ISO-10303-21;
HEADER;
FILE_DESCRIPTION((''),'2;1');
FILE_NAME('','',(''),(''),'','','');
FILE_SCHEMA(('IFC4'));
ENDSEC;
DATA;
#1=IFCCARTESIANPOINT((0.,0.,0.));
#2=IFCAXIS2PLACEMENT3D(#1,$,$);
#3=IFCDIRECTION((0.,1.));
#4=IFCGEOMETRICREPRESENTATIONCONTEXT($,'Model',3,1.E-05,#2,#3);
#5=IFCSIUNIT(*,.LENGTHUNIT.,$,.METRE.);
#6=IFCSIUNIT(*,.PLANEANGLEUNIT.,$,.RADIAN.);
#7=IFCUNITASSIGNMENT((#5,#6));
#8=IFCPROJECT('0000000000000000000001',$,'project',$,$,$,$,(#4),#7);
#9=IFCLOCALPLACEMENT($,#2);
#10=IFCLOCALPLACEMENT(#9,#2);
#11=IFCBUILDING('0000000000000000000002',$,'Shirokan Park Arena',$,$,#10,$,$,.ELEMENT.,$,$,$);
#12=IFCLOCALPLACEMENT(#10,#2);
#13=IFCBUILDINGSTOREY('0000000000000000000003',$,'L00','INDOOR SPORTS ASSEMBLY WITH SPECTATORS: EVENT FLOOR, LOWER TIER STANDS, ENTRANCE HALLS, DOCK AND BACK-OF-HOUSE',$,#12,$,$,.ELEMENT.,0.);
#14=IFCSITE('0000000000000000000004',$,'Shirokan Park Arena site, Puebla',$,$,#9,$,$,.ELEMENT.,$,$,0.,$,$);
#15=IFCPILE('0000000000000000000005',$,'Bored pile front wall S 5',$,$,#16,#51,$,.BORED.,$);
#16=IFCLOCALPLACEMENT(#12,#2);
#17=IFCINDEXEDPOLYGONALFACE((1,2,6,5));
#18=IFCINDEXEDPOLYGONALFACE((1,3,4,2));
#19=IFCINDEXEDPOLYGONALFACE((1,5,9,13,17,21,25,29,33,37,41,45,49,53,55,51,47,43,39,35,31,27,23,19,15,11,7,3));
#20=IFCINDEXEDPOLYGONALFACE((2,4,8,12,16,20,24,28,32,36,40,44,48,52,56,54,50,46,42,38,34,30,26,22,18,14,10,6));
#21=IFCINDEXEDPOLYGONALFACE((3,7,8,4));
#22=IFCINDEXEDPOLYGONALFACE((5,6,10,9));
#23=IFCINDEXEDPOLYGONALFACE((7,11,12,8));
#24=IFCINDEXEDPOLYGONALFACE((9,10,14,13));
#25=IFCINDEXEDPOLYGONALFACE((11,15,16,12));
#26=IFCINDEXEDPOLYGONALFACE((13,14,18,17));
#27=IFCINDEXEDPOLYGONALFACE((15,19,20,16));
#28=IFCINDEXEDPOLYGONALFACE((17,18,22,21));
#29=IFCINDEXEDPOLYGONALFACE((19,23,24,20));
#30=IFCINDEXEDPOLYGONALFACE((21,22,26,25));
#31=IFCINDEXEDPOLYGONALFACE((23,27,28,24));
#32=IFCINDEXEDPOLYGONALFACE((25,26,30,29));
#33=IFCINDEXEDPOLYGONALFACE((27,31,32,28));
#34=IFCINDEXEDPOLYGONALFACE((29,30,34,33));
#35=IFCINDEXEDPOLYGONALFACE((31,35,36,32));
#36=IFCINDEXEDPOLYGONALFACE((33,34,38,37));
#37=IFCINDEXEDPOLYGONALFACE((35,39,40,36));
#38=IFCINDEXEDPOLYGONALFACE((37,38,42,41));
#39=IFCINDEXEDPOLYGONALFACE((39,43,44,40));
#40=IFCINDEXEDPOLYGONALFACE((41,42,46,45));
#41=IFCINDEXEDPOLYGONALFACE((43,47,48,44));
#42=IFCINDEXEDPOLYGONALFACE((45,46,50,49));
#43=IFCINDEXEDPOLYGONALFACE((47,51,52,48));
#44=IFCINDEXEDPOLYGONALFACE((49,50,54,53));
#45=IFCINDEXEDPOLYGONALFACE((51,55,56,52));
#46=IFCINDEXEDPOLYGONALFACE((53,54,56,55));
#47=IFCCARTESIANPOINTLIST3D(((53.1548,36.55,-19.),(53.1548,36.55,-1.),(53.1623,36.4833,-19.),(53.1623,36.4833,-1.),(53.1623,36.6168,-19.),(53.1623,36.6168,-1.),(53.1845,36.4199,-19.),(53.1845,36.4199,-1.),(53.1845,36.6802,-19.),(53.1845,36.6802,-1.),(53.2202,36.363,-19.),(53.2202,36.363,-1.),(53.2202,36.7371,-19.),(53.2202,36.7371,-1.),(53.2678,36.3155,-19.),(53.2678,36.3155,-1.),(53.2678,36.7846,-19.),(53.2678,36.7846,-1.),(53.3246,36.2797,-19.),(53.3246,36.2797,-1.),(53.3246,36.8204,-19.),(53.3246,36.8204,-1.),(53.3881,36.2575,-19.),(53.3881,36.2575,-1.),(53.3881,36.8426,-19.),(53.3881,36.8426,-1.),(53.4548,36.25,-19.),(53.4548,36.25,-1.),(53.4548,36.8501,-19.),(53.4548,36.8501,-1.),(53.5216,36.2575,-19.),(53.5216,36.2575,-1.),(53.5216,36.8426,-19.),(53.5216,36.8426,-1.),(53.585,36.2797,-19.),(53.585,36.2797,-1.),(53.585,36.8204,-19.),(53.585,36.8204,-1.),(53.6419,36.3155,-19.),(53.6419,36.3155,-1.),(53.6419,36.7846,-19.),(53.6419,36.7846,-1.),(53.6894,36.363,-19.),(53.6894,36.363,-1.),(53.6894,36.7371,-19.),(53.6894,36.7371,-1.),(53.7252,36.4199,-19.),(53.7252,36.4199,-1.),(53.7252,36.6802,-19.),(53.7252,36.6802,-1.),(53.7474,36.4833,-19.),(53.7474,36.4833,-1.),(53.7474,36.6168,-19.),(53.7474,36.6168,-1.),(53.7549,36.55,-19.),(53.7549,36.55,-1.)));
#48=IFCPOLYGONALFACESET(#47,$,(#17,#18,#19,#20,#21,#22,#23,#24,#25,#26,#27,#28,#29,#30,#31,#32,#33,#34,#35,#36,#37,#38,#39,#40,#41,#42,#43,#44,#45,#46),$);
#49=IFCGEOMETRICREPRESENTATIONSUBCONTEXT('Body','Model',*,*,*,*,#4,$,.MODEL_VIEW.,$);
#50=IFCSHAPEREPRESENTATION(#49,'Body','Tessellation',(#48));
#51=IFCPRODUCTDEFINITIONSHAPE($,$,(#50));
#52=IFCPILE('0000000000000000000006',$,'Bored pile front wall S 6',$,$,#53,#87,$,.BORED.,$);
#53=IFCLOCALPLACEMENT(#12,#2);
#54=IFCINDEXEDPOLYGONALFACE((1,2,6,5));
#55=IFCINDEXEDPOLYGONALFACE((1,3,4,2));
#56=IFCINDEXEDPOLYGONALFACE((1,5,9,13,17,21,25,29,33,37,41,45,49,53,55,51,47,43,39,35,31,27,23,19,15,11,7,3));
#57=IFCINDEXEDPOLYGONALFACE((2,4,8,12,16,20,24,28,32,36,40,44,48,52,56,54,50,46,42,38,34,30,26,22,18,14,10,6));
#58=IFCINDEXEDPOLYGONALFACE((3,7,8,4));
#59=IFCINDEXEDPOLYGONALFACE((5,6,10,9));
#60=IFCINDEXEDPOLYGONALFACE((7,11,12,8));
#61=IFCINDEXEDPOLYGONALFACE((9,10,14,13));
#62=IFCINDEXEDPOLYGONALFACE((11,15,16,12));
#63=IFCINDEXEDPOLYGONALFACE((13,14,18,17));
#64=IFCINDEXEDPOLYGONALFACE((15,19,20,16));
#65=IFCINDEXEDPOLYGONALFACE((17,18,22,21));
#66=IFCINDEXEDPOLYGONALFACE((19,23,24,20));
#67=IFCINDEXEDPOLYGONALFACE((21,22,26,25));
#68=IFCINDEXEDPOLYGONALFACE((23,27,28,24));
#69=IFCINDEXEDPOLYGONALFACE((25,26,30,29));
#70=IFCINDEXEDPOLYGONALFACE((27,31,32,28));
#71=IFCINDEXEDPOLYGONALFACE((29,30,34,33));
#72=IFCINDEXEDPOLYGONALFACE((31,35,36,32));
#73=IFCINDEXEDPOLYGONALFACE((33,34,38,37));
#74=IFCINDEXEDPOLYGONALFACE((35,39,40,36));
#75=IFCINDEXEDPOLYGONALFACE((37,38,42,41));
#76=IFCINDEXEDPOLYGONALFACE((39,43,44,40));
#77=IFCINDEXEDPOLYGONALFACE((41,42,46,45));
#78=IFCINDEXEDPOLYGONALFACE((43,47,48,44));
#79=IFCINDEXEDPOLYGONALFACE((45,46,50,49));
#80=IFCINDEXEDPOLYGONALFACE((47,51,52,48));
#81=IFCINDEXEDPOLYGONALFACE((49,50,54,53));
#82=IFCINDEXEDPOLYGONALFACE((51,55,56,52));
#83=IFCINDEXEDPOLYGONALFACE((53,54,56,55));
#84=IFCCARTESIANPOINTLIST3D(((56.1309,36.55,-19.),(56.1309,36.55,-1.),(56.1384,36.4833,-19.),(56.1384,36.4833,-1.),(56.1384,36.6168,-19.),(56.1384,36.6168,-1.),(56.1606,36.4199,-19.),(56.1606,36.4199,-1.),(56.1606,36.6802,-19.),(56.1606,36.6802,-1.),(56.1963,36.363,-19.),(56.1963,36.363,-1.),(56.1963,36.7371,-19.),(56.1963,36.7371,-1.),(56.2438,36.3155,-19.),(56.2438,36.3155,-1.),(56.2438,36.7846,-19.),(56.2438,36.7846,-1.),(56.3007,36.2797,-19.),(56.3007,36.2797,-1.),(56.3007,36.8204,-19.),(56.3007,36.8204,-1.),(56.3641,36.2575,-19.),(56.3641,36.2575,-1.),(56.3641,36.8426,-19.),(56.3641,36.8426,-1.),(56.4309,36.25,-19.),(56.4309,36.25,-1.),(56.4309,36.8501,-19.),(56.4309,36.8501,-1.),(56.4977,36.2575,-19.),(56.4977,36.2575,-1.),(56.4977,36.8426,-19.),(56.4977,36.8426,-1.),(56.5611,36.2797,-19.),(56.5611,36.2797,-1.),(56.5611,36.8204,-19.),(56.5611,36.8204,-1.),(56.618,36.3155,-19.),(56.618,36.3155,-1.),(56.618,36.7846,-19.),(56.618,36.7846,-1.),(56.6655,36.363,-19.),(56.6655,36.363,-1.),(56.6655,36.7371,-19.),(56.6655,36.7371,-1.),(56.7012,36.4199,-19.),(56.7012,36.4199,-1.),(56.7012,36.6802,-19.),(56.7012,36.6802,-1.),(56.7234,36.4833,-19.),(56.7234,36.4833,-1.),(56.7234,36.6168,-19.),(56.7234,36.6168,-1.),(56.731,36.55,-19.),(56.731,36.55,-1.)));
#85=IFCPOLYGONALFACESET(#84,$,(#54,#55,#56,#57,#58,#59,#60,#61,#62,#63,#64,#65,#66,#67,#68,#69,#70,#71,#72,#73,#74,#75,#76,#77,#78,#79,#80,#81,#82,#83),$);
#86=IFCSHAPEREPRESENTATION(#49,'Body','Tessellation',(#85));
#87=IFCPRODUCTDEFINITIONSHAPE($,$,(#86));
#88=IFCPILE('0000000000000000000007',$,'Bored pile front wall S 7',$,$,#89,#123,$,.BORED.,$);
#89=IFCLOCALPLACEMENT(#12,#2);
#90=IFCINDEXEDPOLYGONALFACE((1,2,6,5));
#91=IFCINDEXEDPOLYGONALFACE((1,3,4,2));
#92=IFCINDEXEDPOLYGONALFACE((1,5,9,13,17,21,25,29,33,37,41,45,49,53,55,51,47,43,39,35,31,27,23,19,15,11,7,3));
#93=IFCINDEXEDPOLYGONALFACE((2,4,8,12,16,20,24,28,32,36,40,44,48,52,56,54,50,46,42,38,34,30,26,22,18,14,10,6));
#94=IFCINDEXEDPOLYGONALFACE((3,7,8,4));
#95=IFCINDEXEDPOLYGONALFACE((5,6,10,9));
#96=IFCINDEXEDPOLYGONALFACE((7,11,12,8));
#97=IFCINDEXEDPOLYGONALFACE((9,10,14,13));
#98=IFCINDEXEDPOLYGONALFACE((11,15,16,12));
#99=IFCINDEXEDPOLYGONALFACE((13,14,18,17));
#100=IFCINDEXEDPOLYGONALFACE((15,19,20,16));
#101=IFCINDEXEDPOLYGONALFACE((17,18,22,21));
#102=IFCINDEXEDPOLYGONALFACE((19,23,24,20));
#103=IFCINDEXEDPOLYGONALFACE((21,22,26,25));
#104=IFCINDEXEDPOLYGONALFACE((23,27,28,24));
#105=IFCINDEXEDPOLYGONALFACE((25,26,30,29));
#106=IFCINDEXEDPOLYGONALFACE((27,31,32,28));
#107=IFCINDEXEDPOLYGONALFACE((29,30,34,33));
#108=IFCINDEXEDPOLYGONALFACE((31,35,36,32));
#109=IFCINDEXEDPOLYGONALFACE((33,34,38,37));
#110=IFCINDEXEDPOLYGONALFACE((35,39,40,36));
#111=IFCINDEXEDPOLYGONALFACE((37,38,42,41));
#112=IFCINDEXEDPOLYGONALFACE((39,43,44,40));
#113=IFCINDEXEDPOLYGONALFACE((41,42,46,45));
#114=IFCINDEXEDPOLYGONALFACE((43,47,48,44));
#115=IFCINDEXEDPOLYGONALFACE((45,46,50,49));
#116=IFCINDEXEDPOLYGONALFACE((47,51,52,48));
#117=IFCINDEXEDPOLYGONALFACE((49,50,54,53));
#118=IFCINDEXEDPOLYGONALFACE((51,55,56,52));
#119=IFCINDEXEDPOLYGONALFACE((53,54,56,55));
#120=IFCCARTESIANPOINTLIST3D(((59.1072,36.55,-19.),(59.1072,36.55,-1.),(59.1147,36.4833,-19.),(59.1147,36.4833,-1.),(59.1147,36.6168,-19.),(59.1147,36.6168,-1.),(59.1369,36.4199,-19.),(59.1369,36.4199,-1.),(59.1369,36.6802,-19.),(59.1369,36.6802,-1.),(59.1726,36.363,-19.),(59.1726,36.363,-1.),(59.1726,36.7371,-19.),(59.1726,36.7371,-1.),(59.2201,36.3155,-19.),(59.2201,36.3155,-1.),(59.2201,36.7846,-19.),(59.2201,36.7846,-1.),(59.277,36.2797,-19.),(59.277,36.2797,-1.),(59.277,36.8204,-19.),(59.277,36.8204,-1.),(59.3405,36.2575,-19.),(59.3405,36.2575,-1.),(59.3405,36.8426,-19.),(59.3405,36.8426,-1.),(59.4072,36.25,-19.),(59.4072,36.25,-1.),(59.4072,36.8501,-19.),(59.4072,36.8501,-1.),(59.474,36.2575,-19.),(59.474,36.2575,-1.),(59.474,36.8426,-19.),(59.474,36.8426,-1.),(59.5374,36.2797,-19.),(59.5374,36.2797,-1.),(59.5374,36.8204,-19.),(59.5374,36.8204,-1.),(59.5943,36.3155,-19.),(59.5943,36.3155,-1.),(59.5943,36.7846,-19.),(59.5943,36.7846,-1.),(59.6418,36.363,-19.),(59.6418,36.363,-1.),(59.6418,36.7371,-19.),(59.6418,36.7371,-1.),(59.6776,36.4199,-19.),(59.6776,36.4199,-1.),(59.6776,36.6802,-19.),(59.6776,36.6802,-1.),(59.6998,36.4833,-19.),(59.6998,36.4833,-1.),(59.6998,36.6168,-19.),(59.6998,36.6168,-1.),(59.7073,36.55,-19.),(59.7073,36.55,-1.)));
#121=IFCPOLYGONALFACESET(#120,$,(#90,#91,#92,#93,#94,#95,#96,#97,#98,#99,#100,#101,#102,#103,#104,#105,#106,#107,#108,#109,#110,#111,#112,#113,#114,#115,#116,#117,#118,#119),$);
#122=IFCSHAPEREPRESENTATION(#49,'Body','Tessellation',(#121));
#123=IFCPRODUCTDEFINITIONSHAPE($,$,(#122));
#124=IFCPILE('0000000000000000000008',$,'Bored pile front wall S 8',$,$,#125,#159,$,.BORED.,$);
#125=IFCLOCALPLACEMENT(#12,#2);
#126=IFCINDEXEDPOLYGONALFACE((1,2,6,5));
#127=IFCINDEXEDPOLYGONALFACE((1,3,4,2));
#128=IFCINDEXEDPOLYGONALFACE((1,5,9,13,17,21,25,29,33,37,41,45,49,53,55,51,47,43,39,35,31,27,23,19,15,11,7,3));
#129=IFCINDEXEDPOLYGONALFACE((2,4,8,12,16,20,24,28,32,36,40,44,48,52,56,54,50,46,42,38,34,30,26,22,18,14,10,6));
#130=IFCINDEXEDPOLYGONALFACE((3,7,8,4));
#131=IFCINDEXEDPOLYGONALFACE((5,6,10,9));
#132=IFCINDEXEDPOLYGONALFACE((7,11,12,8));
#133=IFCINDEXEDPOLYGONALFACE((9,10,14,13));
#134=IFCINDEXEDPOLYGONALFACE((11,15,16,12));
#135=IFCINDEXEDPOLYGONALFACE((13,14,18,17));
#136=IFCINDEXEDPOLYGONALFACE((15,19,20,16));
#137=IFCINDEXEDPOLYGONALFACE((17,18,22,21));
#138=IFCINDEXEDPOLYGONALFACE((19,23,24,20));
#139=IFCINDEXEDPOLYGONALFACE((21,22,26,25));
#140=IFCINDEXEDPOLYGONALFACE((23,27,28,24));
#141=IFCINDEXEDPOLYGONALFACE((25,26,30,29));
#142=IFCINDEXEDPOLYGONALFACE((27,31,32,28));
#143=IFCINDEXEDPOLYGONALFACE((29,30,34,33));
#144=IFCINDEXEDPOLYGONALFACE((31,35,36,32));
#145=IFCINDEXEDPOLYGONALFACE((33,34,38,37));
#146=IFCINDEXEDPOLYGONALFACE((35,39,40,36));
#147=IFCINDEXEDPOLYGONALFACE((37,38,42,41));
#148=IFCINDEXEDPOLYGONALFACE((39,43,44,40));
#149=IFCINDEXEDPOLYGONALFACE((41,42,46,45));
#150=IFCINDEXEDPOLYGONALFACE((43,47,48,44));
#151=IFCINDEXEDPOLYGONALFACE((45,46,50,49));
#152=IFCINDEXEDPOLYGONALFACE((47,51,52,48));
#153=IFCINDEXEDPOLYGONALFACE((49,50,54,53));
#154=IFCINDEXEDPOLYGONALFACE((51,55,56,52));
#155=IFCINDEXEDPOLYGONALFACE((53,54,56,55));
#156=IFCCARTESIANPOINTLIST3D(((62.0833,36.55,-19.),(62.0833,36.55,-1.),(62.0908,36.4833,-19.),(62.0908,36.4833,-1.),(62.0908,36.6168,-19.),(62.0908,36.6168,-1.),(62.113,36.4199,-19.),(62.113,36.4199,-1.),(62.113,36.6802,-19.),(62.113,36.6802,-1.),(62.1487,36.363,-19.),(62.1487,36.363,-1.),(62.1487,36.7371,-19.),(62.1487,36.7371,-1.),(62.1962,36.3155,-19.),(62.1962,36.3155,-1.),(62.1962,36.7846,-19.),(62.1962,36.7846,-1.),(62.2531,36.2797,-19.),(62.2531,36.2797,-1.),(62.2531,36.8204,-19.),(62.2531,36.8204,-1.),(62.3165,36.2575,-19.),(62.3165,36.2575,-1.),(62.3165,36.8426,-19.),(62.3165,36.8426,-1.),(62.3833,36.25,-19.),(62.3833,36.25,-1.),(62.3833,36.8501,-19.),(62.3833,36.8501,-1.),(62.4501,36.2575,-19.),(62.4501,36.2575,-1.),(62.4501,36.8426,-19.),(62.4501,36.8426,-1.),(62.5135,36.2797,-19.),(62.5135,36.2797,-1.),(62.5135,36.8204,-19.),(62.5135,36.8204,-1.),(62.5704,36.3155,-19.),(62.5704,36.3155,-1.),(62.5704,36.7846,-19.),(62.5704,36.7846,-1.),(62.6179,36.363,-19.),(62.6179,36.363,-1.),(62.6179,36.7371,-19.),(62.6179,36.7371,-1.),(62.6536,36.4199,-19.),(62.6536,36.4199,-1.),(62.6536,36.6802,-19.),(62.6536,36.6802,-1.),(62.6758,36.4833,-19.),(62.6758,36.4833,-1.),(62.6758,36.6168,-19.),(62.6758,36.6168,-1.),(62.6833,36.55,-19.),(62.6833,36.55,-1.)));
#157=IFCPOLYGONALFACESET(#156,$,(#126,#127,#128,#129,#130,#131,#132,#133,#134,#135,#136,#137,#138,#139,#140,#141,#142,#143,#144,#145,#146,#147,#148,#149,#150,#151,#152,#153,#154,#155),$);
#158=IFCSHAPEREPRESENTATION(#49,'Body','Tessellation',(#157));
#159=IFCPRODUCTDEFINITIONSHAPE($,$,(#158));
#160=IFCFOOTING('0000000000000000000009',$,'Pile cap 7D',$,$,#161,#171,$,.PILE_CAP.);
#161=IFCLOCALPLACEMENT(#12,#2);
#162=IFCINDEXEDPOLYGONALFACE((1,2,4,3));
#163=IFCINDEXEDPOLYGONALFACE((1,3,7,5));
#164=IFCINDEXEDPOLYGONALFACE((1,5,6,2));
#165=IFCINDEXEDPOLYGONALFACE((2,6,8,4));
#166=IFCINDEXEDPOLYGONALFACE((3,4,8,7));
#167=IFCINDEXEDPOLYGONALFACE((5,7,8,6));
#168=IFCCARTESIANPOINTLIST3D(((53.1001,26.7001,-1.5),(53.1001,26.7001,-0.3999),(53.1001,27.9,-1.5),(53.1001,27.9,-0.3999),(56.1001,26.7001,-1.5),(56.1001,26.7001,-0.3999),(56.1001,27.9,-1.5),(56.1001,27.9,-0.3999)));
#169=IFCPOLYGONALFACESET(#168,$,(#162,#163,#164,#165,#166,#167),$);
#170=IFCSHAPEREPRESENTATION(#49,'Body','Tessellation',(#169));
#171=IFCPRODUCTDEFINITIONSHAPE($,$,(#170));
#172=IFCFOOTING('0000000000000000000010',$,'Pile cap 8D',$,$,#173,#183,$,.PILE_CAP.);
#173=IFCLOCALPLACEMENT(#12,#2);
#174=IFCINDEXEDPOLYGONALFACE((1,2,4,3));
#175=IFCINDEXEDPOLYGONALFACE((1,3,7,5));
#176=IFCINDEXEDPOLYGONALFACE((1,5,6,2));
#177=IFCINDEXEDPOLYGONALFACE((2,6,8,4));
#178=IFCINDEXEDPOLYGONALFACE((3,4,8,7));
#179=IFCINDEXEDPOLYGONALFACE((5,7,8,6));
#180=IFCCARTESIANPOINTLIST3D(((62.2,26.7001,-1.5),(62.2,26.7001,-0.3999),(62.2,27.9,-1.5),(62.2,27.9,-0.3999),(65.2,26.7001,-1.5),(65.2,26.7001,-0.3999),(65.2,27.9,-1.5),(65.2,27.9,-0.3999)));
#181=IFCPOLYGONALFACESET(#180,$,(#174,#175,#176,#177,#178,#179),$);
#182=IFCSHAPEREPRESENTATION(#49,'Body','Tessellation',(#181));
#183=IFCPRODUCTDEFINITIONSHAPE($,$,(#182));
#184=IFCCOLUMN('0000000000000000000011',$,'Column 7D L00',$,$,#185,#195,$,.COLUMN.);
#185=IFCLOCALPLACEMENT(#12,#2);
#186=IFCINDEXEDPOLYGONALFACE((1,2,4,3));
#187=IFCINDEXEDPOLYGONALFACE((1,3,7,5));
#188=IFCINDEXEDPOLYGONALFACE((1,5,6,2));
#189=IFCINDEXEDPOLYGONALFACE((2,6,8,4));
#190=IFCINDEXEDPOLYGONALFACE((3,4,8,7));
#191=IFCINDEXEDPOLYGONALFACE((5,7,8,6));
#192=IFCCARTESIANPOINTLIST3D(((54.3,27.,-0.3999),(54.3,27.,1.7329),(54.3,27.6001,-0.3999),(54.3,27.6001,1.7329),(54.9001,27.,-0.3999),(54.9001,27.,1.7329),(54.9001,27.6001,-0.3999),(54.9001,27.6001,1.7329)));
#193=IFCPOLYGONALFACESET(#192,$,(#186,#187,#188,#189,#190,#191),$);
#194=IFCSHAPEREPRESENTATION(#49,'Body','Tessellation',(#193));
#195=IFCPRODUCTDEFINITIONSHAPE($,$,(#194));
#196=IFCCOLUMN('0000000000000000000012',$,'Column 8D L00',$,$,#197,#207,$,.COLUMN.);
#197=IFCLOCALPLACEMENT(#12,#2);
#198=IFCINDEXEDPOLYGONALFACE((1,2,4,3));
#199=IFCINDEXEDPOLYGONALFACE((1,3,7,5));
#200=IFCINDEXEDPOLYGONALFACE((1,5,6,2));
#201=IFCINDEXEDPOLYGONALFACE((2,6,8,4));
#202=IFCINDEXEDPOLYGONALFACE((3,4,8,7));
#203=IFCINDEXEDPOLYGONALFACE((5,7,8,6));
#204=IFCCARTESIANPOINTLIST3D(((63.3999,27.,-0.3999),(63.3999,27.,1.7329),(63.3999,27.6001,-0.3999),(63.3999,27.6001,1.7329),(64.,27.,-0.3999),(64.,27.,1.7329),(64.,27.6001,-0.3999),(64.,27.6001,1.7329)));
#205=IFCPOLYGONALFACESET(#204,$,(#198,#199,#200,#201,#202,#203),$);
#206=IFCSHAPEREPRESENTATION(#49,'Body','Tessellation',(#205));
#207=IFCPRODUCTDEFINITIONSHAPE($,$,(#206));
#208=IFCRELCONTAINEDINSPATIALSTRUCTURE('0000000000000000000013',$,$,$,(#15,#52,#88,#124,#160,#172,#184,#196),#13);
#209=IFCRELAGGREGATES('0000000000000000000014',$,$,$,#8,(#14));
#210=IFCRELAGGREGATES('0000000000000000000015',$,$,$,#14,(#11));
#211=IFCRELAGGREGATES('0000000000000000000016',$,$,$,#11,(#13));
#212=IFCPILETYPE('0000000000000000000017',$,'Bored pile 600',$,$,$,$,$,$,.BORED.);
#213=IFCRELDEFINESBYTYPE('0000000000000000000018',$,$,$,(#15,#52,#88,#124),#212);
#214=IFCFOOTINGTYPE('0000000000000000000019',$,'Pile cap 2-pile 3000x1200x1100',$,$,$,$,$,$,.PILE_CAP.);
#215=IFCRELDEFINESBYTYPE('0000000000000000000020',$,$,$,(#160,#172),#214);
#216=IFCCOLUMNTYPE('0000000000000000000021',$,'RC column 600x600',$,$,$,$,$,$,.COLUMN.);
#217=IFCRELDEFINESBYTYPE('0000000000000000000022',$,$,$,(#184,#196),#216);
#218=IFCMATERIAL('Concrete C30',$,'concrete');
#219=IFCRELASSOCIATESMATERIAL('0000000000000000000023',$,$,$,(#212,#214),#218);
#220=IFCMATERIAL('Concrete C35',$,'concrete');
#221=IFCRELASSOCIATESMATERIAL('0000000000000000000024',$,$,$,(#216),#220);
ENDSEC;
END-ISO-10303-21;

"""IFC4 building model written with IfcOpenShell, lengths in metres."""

from ifc_helpers import new_model, si_unit, direction, frame, origin, origin_2d, place, context, subcontext, project, spatial, rectangle, circle, extrude, material, material_profile, profile_set, type_object, element, save


model = new_model("IFC4")

# Units and contexts
model_context = context("Model", 3, precision=1e-05, world=origin(), true_north=direction((0.0, 1.0)))
body_context = subcontext(model_context, "Body", "Model", "MODEL_VIEW")
ifc_project = project(units=[si_unit("LENGTHUNIT", "METRE"), si_unit("PLANEANGLEUNIT", "RADIAN")], contexts=[model_context])

# Site, building, storey
site_placement = place(None, origin())
site = spatial("IfcSite", under=ifc_project, at=site_placement, Name="Shirokan Park Arena site, Puebla", CompositionType="ELEMENT", RefElevation=0.0)
building_placement = place(site_placement, origin())
building = spatial("IfcBuilding", under=site, at=building_placement, Name="Shirokan Park Arena", CompositionType="ELEMENT")
storey_placement = place(building_placement, origin())
storey = spatial("IfcBuildingStorey", under=building, at=storey_placement, Name="L00", Description="INDOOR SPORTS ASSEMBLY WITH SPECTATORS: EVENT FLOOR, LOWER TIER STANDS, ENTRANCE HALLS, DOCK AND BACK-OF-HOUSE", CompositionType="ELEMENT", Elevation=0.0)

# Piles
ifc_material_1 = material(Name="Concrete C30", Category="concrete")
ifc_material_profile_1 = material_profile(ifc_material_1, circle(Radius=0.3, at=origin_2d()), Name="D600")
ifc_profile_set_1 = profile_set([ifc_material_profile_1], Name="Concrete C30")
pile_type = type_object("IfcPileType", Name="Bored pile 600", PredefinedType="BORED", material=ifc_profile_set_1)
for number, where, z_axis, x_axis, name in (
    (1, (53.4548, 36.55, -1.0), (0.0, 0.0, -1.0), (1.0, 0.0, 0.0), "Bored pile front wall S 5"),
    (2, (56.4309, 36.55, -1.0), (0.0, 0.0, -1.0), (1.0, 0.0, 0.0), "Bored pile front wall S 6"),
    (3, (59.4072, 36.55, -1.0), (0.0, 0.0, -1.0), (1.0, 0.0, 0.0), "Bored pile front wall S 7"),
    (4, (62.3833, 36.55, -1.0), (0.0, 0.0, -1.0), (1.0, 0.0, 0.0), "Bored pile front wall S 8"),
):
    element("IfcPile", number, at=place(storey_placement, frame(where, z_axis=z_axis, x_axis=x_axis)), inside=storey, type_object=pile_type, Name=name, PredefinedType="BORED", context=body_context, shape_type="SweptSolid", body=[
        extrude(circle(Radius=0.3, at=origin_2d()), origin(), (0.0, 0.0, 1.0), 18.0),
    ])

# Footings
footing_type = type_object("IfcFootingType", Name="Pile cap 2-pile 3000x1200x1100", PredefinedType="PILE_CAP", material=ifc_material_1)
for number, where, z_axis, x_axis, name in (
    (5, (54.6001, 27.3, -1.5), (0.0, 0.0, 1.0), (1.0, 0.0, 0.0), "Pile cap 7D"),
    (6, (63.7, 27.3, -1.5), (0.0, 0.0, 1.0), (1.0, 0.0, 0.0), "Pile cap 8D"),
):
    element("IfcFooting", number, at=place(storey_placement, frame(where, z_axis=z_axis, x_axis=x_axis)), inside=storey, type_object=footing_type, Name=name, PredefinedType="PILE_CAP", context=body_context, shape_type="SweptSolid", body=[
        extrude(rectangle(XDim=3.0, YDim=1.2, at=origin_2d()), origin(), (0.0, 0.0, 1.0), 1.1001),
    ])

# Columns
ifc_material_2 = material(Name="Concrete C35", Category="concrete")
ifc_material_profile_2 = material_profile(ifc_material_2, rectangle(XDim=0.6001, YDim=0.6001, at=origin_2d()), Name="600x600")
ifc_profile_set_2 = profile_set([ifc_material_profile_2], Name="Concrete C35")
column_type = type_object("IfcColumnType", Name="RC column 600x600", PredefinedType="COLUMN", material=ifc_profile_set_2)
for number, where, z_axis, x_axis, name in (
    (7, (54.6001, 27.3, -0.3999), (0.0, 0.0, 1.0), (1.0, 0.0, 0.0), "Column 7D L00"),
    (8, (63.7, 27.3, -0.3999), (0.0, 0.0, 1.0), (1.0, 0.0, 0.0), "Column 8D L00"),
):
    element("IfcColumn", number, at=place(storey_placement, frame(where, z_axis=z_axis, x_axis=x_axis)), inside=storey, type_object=column_type, Name=name, PredefinedType="COLUMN", context=body_context, shape_type="SweptSolid", body=[
        extrude(rectangle(XDim=0.6001, YDim=0.6001, at=origin_2d()), origin(), (0.0, 0.0, 1.0), 2.1328),
    ])

save(model, "model.ifc")
